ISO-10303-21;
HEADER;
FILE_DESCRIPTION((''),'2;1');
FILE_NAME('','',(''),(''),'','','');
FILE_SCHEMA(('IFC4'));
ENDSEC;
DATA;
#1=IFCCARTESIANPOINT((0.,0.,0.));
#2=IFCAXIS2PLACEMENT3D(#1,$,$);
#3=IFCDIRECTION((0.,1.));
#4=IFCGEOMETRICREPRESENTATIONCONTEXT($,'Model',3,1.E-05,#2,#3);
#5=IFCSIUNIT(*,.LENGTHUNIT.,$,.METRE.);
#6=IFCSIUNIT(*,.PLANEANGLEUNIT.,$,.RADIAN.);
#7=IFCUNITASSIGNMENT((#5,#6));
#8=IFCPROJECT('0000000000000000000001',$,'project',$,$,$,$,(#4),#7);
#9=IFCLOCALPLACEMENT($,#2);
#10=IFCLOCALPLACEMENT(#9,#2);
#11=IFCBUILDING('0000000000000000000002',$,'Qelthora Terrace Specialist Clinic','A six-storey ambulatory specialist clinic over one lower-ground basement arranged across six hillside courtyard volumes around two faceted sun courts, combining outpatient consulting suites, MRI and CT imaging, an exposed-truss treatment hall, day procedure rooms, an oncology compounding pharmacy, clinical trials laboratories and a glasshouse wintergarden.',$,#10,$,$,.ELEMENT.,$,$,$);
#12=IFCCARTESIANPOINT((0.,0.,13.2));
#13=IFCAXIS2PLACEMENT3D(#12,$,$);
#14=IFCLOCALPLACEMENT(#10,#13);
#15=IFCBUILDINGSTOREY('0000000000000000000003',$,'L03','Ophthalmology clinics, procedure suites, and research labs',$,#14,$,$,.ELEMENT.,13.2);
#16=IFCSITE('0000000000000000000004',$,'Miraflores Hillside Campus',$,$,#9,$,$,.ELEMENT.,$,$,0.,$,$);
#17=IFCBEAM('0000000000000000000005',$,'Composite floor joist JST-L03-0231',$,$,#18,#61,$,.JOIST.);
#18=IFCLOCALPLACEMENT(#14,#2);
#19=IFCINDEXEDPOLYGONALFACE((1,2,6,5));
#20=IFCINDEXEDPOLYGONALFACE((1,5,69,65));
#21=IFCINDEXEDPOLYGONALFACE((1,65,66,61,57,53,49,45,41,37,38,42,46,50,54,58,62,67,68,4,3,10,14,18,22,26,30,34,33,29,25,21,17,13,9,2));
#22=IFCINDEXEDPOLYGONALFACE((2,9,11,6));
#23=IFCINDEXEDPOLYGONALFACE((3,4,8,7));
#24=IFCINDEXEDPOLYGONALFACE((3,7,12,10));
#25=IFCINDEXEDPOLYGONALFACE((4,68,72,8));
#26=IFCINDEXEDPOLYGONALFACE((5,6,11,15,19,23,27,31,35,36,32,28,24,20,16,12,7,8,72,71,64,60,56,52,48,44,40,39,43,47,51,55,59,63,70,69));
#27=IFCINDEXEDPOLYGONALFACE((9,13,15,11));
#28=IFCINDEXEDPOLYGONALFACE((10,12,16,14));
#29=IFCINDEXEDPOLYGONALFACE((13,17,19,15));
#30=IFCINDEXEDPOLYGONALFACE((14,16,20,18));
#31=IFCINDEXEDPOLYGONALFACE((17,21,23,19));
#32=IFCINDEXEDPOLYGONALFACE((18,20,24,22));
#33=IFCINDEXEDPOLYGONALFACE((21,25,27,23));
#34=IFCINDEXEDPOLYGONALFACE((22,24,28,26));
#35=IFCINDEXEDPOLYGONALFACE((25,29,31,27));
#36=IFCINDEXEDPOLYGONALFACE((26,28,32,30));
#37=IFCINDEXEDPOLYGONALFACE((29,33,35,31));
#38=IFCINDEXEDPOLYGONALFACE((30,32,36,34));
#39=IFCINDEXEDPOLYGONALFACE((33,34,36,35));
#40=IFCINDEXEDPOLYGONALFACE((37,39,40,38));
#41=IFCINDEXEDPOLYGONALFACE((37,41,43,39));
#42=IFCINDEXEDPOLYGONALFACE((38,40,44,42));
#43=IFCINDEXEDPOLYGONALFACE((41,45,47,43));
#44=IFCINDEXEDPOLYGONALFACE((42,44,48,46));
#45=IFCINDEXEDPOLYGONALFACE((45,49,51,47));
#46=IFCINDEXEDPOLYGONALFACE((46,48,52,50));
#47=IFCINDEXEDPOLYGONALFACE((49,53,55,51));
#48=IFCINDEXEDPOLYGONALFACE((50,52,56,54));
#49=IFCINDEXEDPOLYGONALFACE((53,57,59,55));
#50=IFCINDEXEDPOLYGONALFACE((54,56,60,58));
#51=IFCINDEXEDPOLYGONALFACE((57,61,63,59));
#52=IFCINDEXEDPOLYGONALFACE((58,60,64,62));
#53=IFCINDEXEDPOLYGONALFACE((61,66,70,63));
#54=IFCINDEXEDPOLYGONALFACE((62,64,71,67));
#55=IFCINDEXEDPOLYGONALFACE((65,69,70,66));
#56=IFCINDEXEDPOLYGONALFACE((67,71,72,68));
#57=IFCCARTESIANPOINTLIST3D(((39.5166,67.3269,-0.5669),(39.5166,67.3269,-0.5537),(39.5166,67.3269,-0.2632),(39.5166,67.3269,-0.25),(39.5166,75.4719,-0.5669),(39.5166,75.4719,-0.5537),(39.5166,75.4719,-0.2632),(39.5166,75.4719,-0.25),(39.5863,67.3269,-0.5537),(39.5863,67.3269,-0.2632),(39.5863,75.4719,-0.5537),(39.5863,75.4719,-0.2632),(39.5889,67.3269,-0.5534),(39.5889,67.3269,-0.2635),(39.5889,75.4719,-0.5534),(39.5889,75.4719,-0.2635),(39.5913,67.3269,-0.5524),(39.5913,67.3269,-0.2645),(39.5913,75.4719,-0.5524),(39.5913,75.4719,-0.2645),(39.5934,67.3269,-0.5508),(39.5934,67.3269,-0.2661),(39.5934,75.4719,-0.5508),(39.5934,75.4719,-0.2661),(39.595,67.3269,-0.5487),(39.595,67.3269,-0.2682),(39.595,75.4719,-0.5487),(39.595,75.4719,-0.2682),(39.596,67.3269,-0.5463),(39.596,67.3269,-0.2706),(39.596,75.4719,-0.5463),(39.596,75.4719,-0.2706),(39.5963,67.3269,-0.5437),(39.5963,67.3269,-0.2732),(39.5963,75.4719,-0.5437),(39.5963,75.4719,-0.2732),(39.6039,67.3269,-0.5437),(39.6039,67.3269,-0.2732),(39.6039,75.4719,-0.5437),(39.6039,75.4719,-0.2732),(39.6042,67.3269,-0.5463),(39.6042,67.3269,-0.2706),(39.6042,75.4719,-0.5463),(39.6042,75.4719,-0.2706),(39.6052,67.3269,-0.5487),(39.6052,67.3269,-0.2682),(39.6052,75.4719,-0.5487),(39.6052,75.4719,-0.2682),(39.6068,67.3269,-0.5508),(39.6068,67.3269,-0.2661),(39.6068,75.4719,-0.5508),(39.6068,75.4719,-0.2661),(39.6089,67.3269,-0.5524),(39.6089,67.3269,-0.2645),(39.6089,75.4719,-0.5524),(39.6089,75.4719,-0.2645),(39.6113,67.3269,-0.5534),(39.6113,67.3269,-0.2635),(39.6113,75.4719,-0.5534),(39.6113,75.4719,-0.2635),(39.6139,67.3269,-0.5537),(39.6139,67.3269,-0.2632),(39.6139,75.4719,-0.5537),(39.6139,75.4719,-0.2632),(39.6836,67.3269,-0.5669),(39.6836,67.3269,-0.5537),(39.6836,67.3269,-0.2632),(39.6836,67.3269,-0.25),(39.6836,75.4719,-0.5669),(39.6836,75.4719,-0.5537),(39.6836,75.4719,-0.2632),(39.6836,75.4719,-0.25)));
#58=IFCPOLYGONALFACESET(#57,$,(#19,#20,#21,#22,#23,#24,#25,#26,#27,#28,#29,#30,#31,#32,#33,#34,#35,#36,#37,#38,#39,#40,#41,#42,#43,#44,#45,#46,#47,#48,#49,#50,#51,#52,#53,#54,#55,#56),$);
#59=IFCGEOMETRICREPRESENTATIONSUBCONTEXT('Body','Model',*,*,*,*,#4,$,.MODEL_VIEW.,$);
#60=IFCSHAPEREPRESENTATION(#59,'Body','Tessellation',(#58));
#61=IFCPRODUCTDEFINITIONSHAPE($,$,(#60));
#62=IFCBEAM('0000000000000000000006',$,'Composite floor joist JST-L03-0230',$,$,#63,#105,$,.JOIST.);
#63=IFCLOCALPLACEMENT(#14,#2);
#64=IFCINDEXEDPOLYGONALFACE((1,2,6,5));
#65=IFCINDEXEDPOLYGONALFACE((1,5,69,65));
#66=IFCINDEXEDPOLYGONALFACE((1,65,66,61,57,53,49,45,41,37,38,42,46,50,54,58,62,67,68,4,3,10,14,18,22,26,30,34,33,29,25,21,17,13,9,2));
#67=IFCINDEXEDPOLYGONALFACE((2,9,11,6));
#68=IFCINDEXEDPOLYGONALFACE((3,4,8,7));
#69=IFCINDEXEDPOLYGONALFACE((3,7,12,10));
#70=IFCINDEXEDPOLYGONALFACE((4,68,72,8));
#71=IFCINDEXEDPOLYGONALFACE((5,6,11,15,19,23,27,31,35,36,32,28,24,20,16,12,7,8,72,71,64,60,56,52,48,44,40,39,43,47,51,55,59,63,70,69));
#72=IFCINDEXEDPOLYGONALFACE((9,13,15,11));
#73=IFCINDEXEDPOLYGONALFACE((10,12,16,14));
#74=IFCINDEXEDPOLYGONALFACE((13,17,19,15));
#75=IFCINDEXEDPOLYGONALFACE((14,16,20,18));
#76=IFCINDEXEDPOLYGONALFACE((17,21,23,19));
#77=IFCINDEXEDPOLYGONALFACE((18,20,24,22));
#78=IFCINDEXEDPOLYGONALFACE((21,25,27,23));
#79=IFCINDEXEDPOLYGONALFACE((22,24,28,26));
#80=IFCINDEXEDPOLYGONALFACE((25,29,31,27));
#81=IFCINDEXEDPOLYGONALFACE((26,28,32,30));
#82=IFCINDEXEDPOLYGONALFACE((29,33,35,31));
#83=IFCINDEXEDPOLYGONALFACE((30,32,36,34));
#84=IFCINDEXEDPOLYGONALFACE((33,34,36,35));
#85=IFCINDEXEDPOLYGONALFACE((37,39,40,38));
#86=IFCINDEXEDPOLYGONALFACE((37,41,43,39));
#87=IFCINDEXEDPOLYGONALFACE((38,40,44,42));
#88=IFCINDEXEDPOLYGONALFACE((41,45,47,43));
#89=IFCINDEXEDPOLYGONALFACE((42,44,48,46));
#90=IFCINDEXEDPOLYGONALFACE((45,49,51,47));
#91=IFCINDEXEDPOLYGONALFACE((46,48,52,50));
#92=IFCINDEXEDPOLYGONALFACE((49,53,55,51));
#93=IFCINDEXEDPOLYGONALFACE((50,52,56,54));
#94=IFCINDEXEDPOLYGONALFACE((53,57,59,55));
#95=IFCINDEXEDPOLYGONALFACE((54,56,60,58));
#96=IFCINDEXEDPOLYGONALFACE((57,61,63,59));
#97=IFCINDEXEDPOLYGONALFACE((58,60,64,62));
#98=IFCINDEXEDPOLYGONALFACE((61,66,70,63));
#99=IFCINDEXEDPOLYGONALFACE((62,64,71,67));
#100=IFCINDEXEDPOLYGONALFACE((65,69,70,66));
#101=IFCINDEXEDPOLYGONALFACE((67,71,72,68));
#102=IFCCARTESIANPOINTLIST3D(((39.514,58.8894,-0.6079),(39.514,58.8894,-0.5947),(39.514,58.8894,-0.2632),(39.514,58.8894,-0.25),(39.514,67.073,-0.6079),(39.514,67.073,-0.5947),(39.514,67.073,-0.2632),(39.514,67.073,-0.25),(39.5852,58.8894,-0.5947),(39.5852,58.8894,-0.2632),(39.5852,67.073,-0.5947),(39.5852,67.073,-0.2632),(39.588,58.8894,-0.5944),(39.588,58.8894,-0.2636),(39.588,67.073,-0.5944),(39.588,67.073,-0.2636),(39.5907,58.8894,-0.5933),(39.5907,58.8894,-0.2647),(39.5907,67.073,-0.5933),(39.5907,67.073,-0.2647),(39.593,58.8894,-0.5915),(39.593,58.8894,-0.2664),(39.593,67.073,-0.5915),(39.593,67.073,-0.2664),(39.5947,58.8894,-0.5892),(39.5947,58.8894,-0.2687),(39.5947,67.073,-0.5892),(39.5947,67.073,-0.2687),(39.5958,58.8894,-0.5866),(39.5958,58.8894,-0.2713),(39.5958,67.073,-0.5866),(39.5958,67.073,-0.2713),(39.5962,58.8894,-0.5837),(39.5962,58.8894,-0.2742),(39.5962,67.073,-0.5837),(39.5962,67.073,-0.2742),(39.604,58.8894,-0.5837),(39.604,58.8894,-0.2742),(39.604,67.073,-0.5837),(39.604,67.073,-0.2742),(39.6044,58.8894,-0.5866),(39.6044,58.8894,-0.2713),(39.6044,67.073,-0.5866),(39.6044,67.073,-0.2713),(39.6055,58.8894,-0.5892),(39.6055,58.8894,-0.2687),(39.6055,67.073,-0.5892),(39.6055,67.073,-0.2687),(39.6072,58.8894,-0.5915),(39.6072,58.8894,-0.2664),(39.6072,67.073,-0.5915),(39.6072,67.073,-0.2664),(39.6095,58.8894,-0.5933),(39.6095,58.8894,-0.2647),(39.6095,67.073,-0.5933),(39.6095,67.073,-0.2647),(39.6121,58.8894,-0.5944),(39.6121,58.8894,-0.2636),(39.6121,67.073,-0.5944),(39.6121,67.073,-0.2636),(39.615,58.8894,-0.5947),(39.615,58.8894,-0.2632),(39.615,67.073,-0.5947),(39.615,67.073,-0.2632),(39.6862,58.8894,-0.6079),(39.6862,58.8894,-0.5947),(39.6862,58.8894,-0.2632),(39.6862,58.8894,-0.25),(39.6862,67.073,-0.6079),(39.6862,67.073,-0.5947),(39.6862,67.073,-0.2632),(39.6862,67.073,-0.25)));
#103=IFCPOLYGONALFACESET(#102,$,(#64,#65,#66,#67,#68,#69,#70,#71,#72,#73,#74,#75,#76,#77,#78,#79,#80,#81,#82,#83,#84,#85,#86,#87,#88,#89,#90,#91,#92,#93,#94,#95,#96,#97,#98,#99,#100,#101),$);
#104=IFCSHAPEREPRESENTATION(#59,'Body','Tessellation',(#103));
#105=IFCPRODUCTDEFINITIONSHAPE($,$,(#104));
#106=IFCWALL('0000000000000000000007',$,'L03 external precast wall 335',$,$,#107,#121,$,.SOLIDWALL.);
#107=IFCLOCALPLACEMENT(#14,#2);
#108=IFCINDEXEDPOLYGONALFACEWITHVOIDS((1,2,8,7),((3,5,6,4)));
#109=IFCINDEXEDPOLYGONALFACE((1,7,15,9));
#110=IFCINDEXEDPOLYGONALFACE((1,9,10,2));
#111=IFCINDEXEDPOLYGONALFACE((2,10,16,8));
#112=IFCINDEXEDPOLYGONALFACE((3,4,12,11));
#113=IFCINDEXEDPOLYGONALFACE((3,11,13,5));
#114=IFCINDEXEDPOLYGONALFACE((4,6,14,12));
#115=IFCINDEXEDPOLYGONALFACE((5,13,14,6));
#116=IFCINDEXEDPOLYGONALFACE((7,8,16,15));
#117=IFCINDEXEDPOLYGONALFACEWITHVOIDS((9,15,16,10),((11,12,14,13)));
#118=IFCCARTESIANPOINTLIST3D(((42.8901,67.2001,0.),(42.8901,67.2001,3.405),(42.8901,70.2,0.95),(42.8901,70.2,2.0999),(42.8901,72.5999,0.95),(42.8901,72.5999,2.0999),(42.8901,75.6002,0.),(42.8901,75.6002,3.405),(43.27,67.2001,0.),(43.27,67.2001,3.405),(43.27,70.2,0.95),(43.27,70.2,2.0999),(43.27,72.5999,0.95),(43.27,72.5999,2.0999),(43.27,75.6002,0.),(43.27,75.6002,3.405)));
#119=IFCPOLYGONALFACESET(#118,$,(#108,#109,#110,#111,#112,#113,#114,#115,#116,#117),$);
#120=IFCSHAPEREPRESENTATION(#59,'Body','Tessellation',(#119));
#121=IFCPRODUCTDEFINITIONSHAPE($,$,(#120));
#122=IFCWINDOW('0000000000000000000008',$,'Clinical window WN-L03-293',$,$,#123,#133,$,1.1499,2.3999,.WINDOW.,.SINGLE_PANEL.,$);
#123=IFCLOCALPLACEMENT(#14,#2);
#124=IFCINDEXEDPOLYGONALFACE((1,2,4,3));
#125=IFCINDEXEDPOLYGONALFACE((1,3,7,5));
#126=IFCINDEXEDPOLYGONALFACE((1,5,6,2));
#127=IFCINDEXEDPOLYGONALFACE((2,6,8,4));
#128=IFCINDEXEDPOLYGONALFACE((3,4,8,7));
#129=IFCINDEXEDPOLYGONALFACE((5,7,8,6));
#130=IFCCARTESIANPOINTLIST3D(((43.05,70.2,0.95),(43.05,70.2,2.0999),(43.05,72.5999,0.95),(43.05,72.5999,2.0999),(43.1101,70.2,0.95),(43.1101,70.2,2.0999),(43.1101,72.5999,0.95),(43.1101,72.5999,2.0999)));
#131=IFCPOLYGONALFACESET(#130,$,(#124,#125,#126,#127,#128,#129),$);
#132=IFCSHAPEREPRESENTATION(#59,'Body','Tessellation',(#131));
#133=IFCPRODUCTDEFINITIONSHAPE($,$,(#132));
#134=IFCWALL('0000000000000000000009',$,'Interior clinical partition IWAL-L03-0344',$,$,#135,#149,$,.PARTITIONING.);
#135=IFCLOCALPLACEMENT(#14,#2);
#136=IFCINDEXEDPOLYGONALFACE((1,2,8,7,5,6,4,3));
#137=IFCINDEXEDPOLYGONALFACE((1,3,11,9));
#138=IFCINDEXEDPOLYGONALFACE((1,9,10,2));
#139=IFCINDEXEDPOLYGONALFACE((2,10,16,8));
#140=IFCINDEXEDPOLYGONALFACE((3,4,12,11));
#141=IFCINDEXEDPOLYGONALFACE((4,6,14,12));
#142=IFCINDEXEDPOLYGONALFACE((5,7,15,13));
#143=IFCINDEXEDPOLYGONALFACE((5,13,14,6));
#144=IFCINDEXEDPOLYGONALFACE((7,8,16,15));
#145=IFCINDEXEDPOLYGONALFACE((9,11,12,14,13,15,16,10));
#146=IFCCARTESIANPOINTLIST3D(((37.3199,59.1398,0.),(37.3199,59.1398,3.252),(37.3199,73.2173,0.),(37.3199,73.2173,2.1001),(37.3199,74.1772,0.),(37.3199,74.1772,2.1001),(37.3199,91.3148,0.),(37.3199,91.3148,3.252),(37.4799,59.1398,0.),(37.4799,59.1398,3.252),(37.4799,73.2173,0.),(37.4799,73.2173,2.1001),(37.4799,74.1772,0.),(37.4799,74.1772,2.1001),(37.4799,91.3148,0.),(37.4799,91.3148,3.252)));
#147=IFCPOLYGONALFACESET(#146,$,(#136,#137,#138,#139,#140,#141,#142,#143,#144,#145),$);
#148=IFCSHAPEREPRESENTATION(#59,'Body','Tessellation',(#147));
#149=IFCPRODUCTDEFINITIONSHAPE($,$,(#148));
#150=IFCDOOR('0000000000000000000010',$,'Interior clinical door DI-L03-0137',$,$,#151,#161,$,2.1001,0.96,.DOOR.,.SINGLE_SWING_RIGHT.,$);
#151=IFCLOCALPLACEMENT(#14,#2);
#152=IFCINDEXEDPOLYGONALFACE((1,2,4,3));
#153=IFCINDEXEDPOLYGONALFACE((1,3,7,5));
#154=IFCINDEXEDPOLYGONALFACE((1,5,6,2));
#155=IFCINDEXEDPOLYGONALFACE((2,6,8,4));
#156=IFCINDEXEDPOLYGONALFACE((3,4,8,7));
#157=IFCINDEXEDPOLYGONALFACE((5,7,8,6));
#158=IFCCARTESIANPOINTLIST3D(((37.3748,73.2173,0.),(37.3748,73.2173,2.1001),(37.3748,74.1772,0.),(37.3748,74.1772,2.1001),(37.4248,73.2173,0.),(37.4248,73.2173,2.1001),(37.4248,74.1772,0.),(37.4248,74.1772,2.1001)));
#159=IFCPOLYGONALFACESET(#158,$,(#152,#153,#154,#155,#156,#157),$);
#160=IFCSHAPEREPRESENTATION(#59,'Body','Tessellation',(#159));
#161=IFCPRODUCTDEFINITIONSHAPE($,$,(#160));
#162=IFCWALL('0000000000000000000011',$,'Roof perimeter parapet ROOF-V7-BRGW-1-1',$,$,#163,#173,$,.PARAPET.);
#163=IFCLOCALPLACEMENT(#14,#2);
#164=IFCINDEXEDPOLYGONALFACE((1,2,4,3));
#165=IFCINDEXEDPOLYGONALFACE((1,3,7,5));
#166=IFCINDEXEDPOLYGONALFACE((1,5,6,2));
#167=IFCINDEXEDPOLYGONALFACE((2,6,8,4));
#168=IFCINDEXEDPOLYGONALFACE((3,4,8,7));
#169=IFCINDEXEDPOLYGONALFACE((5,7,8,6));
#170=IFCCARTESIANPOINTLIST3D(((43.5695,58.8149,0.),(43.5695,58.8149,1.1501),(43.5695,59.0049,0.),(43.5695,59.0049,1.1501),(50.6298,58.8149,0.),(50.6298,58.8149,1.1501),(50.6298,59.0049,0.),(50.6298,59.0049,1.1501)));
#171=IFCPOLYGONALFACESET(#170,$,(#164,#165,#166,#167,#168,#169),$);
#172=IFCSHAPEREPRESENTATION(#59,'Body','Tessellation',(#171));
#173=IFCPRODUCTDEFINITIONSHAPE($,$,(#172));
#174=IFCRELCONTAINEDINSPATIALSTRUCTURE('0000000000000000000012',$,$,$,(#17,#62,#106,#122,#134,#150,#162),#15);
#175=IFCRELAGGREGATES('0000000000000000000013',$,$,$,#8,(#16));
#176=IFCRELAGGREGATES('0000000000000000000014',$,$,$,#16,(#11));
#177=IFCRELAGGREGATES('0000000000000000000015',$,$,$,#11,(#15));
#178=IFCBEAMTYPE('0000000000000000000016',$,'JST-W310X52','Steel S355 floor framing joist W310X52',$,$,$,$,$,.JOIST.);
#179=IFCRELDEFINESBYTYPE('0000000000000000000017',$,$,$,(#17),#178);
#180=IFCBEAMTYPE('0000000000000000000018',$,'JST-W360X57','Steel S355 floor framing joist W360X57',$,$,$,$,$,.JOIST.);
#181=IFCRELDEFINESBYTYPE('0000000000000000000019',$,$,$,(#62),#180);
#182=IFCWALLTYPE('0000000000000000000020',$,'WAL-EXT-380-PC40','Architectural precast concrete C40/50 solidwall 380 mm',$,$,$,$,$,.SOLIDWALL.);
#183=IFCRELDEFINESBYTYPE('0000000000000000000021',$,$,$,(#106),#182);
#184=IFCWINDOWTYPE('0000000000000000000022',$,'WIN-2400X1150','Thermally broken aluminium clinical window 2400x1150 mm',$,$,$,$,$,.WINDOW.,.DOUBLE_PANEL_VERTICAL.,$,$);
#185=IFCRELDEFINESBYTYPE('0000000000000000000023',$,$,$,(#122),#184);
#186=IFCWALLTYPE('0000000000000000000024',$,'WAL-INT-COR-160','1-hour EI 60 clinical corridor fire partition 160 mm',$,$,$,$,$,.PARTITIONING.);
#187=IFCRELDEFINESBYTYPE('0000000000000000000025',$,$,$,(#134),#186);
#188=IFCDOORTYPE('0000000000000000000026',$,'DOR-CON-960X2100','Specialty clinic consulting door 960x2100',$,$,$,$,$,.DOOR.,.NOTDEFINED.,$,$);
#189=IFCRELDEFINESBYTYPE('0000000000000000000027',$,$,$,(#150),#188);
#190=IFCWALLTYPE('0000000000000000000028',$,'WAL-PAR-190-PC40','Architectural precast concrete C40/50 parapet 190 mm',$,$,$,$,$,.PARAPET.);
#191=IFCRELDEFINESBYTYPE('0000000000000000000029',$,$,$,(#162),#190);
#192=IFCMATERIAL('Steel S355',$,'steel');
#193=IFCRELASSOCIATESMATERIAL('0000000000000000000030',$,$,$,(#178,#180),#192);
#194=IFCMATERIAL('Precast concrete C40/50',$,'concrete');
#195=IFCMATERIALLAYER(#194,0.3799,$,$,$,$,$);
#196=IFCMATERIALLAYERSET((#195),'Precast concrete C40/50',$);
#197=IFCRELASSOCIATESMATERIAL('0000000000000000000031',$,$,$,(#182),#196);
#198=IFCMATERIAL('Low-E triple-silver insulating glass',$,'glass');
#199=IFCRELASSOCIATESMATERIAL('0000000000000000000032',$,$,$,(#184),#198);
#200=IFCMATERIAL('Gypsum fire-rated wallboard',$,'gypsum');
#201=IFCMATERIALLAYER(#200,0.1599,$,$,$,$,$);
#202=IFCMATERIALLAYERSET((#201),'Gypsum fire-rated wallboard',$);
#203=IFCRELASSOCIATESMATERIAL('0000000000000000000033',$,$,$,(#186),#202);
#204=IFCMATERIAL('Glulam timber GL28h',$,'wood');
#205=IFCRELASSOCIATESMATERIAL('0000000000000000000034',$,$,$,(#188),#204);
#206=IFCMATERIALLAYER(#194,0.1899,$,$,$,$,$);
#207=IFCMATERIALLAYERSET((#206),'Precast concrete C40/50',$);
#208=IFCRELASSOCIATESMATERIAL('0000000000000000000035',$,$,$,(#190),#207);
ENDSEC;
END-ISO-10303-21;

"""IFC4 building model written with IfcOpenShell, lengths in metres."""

from ifc_helpers import new_model, si_unit, direction, frame, frame_2d, origin, origin_2d, place, context, subcontext, project, spatial, rectangle, i_section, extrude, material, layer, layer_set, material_profile, profile_set, type_object, element, fill, save


model = new_model("IFC4")

# Units and contexts
model_context = context("Model", 3, precision=1e-05, world=origin(), true_north=direction((0.0, 1.0)))
body_context = subcontext(model_context, "Body", "Model", "MODEL_VIEW")
ifc_project = project(units=[si_unit("LENGTHUNIT", "METRE"), si_unit("PLANEANGLEUNIT", "RADIAN")], contexts=[model_context])

# Site, building, storey
site_placement = place(None, origin())
site = spatial("IfcSite", under=ifc_project, at=site_placement, Name="Miraflores Hillside Campus", CompositionType="ELEMENT", RefElevation=0.0)
building_placement = place(site_placement, origin())
building = spatial("IfcBuilding", under=site, at=building_placement, Name="Qelthora Terrace Specialist Clinic", Description="A six-storey ambulatory specialist clinic over one lower-ground basement arranged across six hillside courtyard volumes around two faceted sun courts, combining outpatient consulting suites, MRI and CT imaging, an exposed-truss treatment hall, day procedure rooms, an oncology compounding pharmacy, clinical trials laboratories and a glasshouse wintergarden.", CompositionType="ELEMENT")
storey_placement = place(building_placement, frame((0.0, 0.0, 13.2)))
storey = spatial("IfcBuildingStorey", under=building, at=storey_placement, Name="L03", Description="Ophthalmology clinics, procedure suites, and research labs", CompositionType="ELEMENT", Elevation=13.2)

# Shared definitions
ifc_material_1 = material(Name="Steel S355", Category="steel")

# Beams
ifc_material_profile_1 = material_profile(ifc_material_1, i_section(OverallWidth=0.167, OverallDepth=0.3169, WebThickness=0.0076, FlangeThickness=0.0132, FilletRadius=0.01, at=origin_2d()), Name="W310X52")
ifc_profile_set_1 = profile_set([ifc_material_profile_1], Name="Steel S355")
beam_type_1 = type_object("IfcBeamType", Name="JST-W310X52", Description="Steel S355 floor framing joist W310X52", PredefinedType="JOIST", material=ifc_profile_set_1)
beam_1_placement = place(storey_placement, frame((39.6001, 67.3269, -0.4084), z_axis=(0.0, 1.0, 0.0), x_axis=(-1.0, 0.0, 0.0)))
element("IfcBeam", 1, at=beam_1_placement, inside=storey, type_object=beam_type_1, Name="Composite floor joist JST-L03-0231", PredefinedType="JOIST", context=body_context, shape_type="SweptSolid", body=[
    extrude(i_section(OverallWidth=0.167, OverallDepth=0.3169, WebThickness=0.0076, FlangeThickness=0.0132, FilletRadius=0.01, at=origin_2d()), origin(), (0.0, 0.0, 1.0), 8.145),
])
ifc_material_profile_2 = material_profile(ifc_material_1, i_section(OverallWidth=0.1721, OverallDepth=0.3579, WebThickness=0.0078, FlangeThickness=0.0132, FilletRadius=0.011, at=origin_2d()), Name="W360X57")
ifc_profile_set_2 = profile_set([ifc_material_profile_2], Name="Steel S355")
beam_type_2 = type_object("IfcBeamType", Name="JST-W360X57", Description="Steel S355 floor framing joist W360X57", PredefinedType="JOIST", material=ifc_profile_set_2)
beam_2_placement = place(storey_placement, frame((39.6001, 58.8894, -0.429), z_axis=(0.0, 1.0, 0.0), x_axis=(-1.0, 0.0, 0.0)))
element("IfcBeam", 2, at=beam_2_placement, inside=storey, type_object=beam_type_2, Name="Composite floor joist JST-L03-0230", PredefinedType="JOIST", context=body_context, shape_type="SweptSolid", body=[
    extrude(i_section(OverallWidth=0.1721, OverallDepth=0.3579, WebThickness=0.0078, FlangeThickness=0.0132, FilletRadius=0.011, at=origin_2d()), origin(), (0.0, 0.0, 1.0), 8.1836),
])

# Wall, opening, window
ifc_material_2 = material(Name="Precast concrete C40/50", Category="concrete")
ifc_layer_1 = layer(ifc_material_2, 0.3799)
ifc_layer_set_1 = layer_set([ifc_layer_1], Name="Precast concrete C40/50")
wall_type_1 = type_object("IfcWallType", Name="WAL-EXT-380-PC40", Description="Architectural precast concrete C40/50 solidwall 380 mm", PredefinedType="SOLIDWALL", material=ifc_layer_set_1)
wall_1_placement = place(storey_placement, frame((43.0801, 67.2, 0.0), z_axis=(0.0, 0.0, 1.0), x_axis=(0.0, 1.0, 0.0)))
wall_1 = element("IfcWall", 3, at=wall_1_placement, inside=storey, type_object=wall_type_1, Name="L03 external precast wall 335", PredefinedType="SOLIDWALL", context=body_context, shape_type="SweptSolid", body=[
    extrude(rectangle(XDim=8.4001, YDim=0.3799, at=frame_2d((4.2002, 0.0))), origin(), (0.0, 0.0, 1.0), 3.405),
])
opening_1_placement = place(wall_1_placement, frame((3.0, 0.0, 0.95)))
opening_1 = element("IfcOpeningElement", 4, at=opening_1_placement, cuts=wall_1, PredefinedType="OPENING", context=body_context, shape_type="SweptSolid", body=[
    extrude(rectangle(XDim=2.3999, YDim=1.1499, at=frame_2d((1.2, 0.575))), frame((0.0, 0.2, 0.0), z_axis=(0.0, -1.0, 0.0), x_axis=(1.0, 0.0, 0.0)), (0.0, 0.0, 1.0), 0.3999),
])
ifc_material_3 = material(Name="Low-E triple-silver insulating glass", Category="glass")
window_type = type_object("IfcWindowType", Name="WIN-2400X1150", Description="Thermally broken aluminium clinical window 2400x1150 mm", PartitioningType="DOUBLE_PANEL_VERTICAL", PredefinedType="WINDOW", material=ifc_material_3)
window_placement = place(opening_1_placement, origin())
window = element("IfcWindow", 5, at=window_placement, inside=storey, type_object=window_type, Name="Clinical window WN-L03-293", OverallHeight=1.1499, OverallWidth=2.3999, PartitioningType="SINGLE_PANEL", PredefinedType="WINDOW", context=body_context, shape_type="SweptSolid", body=[
    extrude(rectangle(XDim=2.3999, YDim=1.1499, at=frame_2d((1.2, 0.575))), frame((0.0, 0.03, 0.0), z_axis=(0.0, -1.0, 0.0), x_axis=(1.0, 0.0, 0.0)), (0.0, 0.0, 1.0), 0.0601),
])
fill(opening_1, window)

# Wall, opening, door
ifc_material_4 = material(Name="Gypsum fire-rated wallboard", Category="gypsum")
ifc_layer_2 = layer(ifc_material_4, 0.1599)
ifc_layer_set_2 = layer_set([ifc_layer_2], Name="Gypsum fire-rated wallboard")
wall_type_2 = type_object("IfcWallType", Name="WAL-INT-COR-160", Description="1-hour EI 60 clinical corridor fire partition 160 mm", PredefinedType="PARTITIONING", material=ifc_layer_set_2)
wall_2_placement = place(storey_placement, frame((37.3999, 59.1399, 0.0), z_axis=(0.0, 0.0, 1.0), x_axis=(0.0, 1.0, 0.0)))
wall_2 = element("IfcWall", 6, at=wall_2_placement, inside=storey, type_object=wall_type_2, Name="Interior clinical partition IWAL-L03-0344", PredefinedType="PARTITIONING", context=body_context, shape_type="SweptSolid", body=[
    extrude(rectangle(XDim=32.175, YDim=0.1599, at=frame_2d((16.0874, 0.0))), origin(), (0.0, 0.0, 1.0), 3.252),
])
opening_2_placement = place(wall_2_placement, frame((14.0774, 0.0, 0.0)))
opening_2 = element("IfcOpeningElement", 7, at=opening_2_placement, cuts=wall_2, PredefinedType="OPENING", context=body_context, shape_type="SweptSolid", body=[
    extrude(rectangle(XDim=0.96, YDim=2.1001, at=frame_2d((0.48, 1.05))), frame((0.0, 0.0898, 0.0), z_axis=(0.0, -1.0, 0.0), x_axis=(1.0, 0.0, 0.0)), (0.0, 0.0, 1.0), 0.1799),
])
ifc_material_5 = material(Name="Glulam timber GL28h", Category="wood")
door_type = type_object("IfcDoorType", Name="DOR-CON-960X2100", Description="Specialty clinic consulting door 960x2100", OperationType="NOTDEFINED", PredefinedType="DOOR", material=ifc_material_5)
door_placement = place(opening_2_placement, frame((0.96, 0.0, 0.0), z_axis=(0.0, 0.0, 1.0), x_axis=(-1.0, 0.0, 0.0)))
door = element("IfcDoor", 8, at=door_placement, inside=storey, type_object=door_type, Name="Interior clinical door DI-L03-0137", OperationType="SINGLE_SWING_RIGHT", OverallHeight=2.1001, OverallWidth=0.96, PredefinedType="DOOR", context=body_context, shape_type="SweptSolid", body=[
    extrude(rectangle(XDim=0.96, YDim=2.1001, at=frame_2d((0.48, 1.05))), frame((0.0, 0.0249, 0.0), z_axis=(0.0, -1.0, 0.0), x_axis=(1.0, 0.0, 0.0)), (0.0, 0.0, 1.0), 0.05),
])
fill(opening_2, door)

# Wall
ifc_layer_3 = layer(ifc_material_2, 0.1899)
ifc_layer_set_3 = layer_set([ifc_layer_3], Name="Precast concrete C40/50")
wall_type_3 = type_object("IfcWallType", Name="WAL-PAR-190-PC40", Description="Architectural precast concrete C40/50 parapet 190 mm", PredefinedType="PARAPET", material=ifc_layer_set_3)
wall_3_placement = place(storey_placement, frame((50.6299, 58.9099, 0.0), z_axis=(0.0, 0.0, 1.0), x_axis=(-1.0, 0.0, 0.0)))
element("IfcWall", 9, at=wall_3_placement, inside=storey, type_object=wall_type_3, Name="Roof perimeter parapet ROOF-V7-BRGW-1-1", PredefinedType="PARAPET", context=body_context, shape_type="SweptSolid", body=[
    extrude(rectangle(XDim=7.0603, YDim=0.1899, at=frame_2d((3.5303, 0.0))), origin(), (0.0, 0.0, 1.0), 1.1501),
])

save(model, "model.ifc")
